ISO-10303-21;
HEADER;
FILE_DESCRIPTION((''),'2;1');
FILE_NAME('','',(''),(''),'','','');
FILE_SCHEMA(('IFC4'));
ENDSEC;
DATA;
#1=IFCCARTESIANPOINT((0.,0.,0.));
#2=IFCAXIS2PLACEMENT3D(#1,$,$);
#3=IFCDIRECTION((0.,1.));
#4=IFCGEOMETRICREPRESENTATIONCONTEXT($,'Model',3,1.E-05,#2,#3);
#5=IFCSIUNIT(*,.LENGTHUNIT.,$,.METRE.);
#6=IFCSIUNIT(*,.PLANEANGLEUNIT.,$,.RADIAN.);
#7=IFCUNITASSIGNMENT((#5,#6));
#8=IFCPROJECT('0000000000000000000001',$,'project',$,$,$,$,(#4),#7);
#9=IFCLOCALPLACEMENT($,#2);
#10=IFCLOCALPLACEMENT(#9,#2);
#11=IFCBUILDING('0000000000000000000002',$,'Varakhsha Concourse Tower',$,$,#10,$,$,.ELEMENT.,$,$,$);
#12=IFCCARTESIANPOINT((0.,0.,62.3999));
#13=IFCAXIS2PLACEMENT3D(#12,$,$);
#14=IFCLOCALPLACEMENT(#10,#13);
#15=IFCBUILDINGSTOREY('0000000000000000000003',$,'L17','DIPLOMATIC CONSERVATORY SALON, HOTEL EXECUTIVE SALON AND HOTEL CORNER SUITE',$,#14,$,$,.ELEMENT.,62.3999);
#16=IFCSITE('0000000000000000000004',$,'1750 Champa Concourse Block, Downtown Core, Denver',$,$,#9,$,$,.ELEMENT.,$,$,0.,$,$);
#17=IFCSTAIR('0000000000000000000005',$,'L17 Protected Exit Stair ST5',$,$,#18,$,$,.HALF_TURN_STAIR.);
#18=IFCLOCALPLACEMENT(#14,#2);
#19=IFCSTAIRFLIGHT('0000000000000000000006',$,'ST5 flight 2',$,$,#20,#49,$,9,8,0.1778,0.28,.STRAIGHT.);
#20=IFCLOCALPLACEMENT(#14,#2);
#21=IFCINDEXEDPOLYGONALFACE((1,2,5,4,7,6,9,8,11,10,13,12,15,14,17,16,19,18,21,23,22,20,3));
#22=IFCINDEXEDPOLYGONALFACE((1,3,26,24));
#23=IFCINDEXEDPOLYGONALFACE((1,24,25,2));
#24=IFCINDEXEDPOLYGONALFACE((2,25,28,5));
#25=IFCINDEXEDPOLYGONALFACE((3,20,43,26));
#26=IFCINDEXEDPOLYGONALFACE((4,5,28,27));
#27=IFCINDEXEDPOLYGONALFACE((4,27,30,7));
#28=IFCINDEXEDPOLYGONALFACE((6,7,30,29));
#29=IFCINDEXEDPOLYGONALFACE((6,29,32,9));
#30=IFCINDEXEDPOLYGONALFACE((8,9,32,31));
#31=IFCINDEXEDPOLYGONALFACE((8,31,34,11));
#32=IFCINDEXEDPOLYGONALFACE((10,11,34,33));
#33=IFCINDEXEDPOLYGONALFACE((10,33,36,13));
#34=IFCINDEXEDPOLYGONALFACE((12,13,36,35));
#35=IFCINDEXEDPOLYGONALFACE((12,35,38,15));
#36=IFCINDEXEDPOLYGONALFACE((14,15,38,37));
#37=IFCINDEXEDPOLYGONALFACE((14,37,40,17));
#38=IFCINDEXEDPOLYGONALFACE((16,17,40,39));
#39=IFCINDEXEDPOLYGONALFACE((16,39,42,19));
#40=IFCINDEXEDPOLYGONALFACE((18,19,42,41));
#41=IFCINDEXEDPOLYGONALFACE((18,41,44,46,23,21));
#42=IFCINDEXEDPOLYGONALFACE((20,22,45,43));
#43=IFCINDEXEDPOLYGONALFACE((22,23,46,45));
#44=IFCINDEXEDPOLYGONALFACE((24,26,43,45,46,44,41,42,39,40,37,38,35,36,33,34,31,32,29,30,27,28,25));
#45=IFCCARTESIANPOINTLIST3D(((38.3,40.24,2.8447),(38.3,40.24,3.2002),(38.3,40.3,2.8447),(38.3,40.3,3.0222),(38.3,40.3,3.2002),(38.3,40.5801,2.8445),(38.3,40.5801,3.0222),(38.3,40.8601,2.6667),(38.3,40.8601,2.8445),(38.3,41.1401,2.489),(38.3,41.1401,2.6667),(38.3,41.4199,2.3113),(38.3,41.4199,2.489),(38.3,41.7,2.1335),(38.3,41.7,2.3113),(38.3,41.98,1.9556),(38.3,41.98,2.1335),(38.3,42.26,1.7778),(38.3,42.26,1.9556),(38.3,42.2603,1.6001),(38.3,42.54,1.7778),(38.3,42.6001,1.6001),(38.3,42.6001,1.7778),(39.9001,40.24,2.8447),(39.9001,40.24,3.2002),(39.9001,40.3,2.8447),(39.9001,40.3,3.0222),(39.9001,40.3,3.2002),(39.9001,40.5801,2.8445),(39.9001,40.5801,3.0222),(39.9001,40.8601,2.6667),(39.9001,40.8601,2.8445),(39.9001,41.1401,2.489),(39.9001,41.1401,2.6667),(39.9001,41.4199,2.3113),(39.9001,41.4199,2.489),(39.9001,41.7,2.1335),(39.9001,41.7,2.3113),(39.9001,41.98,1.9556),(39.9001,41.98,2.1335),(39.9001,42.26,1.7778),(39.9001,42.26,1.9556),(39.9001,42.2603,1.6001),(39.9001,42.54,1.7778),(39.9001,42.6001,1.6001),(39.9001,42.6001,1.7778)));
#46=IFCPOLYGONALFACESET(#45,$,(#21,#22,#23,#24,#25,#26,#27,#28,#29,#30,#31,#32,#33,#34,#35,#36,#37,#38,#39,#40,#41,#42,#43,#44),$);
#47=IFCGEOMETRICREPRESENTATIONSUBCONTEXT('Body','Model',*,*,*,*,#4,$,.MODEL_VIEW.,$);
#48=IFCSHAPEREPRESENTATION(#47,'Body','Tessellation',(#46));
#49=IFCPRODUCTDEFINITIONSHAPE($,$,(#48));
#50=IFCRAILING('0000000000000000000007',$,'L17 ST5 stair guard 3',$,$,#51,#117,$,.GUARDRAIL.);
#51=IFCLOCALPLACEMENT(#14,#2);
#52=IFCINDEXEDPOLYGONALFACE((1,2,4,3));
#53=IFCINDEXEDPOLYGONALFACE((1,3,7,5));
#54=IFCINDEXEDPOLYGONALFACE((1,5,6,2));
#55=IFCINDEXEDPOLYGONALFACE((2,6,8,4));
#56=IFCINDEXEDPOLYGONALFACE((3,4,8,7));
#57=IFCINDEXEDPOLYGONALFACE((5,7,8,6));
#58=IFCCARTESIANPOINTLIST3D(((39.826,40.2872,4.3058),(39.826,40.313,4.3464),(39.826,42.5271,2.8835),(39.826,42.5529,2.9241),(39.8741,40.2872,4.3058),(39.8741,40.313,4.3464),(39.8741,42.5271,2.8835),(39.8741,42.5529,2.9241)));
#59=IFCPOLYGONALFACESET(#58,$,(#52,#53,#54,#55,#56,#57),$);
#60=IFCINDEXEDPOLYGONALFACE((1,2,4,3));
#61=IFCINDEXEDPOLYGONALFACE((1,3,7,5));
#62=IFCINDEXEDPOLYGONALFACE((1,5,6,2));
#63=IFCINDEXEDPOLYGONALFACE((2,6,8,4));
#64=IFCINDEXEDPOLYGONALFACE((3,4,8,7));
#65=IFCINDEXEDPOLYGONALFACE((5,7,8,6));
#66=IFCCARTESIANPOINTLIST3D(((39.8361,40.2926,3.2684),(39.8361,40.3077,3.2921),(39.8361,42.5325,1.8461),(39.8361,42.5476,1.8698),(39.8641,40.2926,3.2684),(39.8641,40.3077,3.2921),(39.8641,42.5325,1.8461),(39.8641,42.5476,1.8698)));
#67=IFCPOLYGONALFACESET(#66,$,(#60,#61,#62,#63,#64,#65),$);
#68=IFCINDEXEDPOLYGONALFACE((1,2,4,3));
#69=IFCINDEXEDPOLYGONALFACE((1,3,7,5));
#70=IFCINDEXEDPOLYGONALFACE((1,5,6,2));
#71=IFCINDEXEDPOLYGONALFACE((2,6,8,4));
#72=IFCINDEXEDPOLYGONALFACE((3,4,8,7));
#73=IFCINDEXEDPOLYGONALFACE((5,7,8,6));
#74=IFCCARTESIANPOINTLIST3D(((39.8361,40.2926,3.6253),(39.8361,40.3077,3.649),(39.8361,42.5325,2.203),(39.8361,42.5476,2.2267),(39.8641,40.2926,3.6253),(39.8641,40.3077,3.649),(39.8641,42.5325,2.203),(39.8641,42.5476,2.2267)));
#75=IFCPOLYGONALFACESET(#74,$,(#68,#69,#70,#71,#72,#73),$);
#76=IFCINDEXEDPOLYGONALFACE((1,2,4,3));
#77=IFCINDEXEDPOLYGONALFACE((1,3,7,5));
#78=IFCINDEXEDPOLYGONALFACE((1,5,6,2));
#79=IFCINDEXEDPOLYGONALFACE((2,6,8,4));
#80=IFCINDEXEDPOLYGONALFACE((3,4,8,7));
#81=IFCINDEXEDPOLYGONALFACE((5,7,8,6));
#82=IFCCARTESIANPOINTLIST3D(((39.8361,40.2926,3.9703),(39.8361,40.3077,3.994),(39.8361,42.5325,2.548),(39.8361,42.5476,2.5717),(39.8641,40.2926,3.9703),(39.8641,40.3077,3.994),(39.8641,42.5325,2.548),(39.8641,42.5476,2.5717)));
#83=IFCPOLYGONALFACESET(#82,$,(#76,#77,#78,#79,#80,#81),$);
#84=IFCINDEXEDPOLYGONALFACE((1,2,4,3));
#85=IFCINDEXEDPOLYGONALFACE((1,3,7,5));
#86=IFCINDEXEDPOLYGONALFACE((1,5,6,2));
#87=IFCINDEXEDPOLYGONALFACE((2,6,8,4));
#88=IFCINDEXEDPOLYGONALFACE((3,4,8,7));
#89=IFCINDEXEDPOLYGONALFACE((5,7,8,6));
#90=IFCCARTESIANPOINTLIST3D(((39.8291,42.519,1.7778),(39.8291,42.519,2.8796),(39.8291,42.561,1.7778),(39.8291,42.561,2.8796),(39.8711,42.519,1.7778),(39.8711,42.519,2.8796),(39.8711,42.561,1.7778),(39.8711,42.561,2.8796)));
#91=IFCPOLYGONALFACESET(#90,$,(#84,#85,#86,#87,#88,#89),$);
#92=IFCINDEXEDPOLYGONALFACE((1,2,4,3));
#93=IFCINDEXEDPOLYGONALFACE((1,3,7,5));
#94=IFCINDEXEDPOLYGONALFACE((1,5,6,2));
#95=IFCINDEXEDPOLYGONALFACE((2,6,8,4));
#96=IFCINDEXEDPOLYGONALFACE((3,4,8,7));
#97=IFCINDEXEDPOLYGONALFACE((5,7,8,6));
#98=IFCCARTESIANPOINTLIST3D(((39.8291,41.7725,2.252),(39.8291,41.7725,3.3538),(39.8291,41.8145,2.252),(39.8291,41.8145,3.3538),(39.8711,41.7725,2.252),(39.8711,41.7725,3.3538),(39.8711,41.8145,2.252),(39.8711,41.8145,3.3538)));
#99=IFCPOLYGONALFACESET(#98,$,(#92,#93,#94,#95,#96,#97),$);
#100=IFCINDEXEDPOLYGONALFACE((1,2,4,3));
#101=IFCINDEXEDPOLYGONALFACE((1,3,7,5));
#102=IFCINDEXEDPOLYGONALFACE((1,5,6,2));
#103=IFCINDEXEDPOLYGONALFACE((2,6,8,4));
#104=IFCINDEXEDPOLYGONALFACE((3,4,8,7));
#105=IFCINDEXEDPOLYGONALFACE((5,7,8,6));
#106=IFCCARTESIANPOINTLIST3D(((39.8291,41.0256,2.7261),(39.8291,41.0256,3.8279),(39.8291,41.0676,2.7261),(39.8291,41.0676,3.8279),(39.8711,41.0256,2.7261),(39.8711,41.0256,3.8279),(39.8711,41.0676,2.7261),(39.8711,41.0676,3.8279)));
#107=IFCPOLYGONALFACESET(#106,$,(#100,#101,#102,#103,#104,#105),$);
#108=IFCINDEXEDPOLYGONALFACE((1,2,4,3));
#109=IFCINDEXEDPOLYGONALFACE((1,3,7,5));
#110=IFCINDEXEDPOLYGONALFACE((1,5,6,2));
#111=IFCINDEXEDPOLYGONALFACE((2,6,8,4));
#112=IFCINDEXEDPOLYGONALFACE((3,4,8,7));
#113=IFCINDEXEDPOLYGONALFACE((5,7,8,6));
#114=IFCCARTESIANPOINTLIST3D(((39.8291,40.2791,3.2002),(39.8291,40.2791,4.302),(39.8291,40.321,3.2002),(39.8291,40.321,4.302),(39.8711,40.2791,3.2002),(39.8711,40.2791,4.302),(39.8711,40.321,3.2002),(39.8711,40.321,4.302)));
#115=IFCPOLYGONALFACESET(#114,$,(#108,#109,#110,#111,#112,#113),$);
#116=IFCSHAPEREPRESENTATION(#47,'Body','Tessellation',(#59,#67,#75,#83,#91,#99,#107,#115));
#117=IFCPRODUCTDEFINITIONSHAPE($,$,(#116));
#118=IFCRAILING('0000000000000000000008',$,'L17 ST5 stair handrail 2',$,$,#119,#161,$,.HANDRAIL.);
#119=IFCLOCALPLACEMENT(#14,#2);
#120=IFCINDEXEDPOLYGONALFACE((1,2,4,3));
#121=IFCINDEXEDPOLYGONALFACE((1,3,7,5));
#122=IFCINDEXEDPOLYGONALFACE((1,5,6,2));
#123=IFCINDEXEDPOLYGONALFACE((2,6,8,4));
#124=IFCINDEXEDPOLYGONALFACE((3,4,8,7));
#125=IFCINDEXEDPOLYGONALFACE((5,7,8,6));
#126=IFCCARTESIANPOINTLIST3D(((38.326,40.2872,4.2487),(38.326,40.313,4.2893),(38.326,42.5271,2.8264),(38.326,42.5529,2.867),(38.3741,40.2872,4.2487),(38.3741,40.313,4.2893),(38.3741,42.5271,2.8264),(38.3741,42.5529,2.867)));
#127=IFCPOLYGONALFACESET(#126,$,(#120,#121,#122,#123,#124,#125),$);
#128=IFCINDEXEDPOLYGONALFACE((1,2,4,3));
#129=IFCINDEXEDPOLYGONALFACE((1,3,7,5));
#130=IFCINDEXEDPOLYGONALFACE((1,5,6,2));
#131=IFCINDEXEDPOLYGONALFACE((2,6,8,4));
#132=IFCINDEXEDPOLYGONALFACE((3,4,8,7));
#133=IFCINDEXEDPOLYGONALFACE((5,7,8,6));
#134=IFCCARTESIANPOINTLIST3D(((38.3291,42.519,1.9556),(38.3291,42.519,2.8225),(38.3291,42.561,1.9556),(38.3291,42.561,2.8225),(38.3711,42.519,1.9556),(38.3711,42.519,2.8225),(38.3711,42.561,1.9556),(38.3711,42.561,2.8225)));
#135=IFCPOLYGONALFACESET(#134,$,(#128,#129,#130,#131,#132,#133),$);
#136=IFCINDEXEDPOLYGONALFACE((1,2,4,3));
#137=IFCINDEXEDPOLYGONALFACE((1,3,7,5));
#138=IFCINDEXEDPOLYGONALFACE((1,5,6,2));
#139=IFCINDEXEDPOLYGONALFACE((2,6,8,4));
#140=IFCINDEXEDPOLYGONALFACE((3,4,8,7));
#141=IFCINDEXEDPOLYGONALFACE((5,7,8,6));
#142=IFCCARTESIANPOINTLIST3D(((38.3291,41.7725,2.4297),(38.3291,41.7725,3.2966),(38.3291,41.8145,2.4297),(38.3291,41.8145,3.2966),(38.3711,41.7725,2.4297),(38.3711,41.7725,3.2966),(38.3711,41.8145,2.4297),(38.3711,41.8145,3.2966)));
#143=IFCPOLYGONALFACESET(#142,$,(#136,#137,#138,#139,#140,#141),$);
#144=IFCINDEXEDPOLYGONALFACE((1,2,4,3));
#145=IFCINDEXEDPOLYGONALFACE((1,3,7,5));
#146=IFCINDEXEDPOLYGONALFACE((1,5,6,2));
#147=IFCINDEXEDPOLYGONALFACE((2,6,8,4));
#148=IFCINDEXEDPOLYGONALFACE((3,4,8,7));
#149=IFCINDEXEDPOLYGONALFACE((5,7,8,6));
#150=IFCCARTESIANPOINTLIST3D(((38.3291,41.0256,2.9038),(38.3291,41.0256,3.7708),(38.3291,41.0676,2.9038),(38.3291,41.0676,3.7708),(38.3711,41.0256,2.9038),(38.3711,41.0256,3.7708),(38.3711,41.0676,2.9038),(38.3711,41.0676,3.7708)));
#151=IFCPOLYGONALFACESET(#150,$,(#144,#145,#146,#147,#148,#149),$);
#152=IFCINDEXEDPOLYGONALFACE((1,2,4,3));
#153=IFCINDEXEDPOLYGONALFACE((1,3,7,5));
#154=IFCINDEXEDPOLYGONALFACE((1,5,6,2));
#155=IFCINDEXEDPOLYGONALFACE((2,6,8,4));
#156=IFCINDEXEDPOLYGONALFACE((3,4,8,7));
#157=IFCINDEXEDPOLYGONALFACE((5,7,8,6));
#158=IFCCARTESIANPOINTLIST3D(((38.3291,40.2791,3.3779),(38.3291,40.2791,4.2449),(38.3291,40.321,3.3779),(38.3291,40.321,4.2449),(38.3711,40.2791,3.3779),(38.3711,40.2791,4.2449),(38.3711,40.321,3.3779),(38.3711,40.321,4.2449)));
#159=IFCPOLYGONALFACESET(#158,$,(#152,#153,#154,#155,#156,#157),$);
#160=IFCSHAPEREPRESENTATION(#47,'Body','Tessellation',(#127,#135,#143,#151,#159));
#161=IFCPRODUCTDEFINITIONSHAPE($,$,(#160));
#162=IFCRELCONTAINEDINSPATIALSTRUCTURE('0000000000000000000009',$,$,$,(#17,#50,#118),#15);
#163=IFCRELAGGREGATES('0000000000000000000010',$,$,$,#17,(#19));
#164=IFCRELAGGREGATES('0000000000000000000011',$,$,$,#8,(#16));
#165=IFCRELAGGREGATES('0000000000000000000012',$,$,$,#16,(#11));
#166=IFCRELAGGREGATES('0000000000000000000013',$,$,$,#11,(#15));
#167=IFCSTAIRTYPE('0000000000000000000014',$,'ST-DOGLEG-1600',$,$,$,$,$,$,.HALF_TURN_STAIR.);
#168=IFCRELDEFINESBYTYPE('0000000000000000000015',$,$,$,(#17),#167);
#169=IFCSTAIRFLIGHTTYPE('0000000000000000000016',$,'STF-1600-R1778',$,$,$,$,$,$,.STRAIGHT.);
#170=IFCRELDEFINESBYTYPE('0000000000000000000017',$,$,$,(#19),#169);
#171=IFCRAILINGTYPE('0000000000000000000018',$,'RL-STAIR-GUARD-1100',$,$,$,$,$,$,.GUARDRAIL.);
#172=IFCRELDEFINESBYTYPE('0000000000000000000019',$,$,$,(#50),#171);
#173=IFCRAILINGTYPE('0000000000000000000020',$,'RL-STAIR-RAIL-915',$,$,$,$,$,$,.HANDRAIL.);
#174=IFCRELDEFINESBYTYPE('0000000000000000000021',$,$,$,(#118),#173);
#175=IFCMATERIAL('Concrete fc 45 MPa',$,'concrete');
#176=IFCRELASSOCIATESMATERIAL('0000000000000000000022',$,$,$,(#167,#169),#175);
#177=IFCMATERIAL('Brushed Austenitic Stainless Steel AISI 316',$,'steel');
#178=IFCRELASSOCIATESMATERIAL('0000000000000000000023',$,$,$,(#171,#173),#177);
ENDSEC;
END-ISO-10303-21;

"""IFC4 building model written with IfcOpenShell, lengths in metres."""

from ifc_helpers import new_model, si_unit, direction, frame, origin, origin_2d, place, context, subcontext, project, spatial, polyline, rectangle, outline, extrude, material, type_object, element, aggregate, save


model = new_model("IFC4")

# Units and contexts
model_context = context("Model", 3, precision=1e-05, world=origin(), true_north=direction((0.0, 1.0)))
body_context = subcontext(model_context, "Body", "Model", "MODEL_VIEW")
ifc_project = project(units=[si_unit("LENGTHUNIT", "METRE"), si_unit("PLANEANGLEUNIT", "RADIAN")], contexts=[model_context])

# Site, building, storey
site_placement = place(None, origin())
site = spatial("IfcSite", under=ifc_project, at=site_placement, Name="1750 Champa Concourse Block, Downtown Core, Denver", CompositionType="ELEMENT", RefElevation=0.0)
building_placement = place(site_placement, origin())
building = spatial("IfcBuilding", under=site, at=building_placement, Name="Varakhsha Concourse Tower", CompositionType="ELEMENT")
storey_placement = place(building_placement, frame((0.0, 0.0, 62.3999)))
storey = spatial("IfcBuildingStorey", under=building, at=storey_placement, Name="L17", Description="DIPLOMATIC CONSERVATORY SALON, HOTEL EXECUTIVE SALON AND HOTEL CORNER SUITE", CompositionType="ELEMENT", Elevation=62.3999)

# Shared definitions
ifc_material_1 = material(Name="Concrete fc 45 MPa", Category="concrete")

# Stair, stair flight
stair_type = type_object("IfcStairType", Name="ST-DOGLEG-1600", PredefinedType="HALF_TURN_STAIR", material=ifc_material_1)
stair_placement = place(storey_placement, origin())
stair = element("IfcStair", 1, at=stair_placement, inside=storey, type_object=stair_type, Name="L17 Protected Exit Stair ST5", PredefinedType="HALF_TURN_STAIR")
stair_flight_type = type_object("IfcStairFlightType", Name="STF-1600-R1778", PredefinedType="STRAIGHT", material=ifc_material_1)
stair_flight_placement = place(storey_placement, frame((39.1001, 42.54, 1.6001), z_axis=(0.0, 0.0, 1.0), x_axis=(0.0, -1.0, 0.0)))
stair_flight = element("IfcStairFlight", 2, at=stair_flight_placement, type_object=stair_flight_type, Name="ST5 flight 2", NumberOfRisers=9, NumberOfTreads=8, PredefinedType="STRAIGHT", RiserHeight=0.1778, TreadLength=0.28, context=body_context, shape_type="SweptSolid", body=[
    extrude(outline(polyline([(-0.0601, 0.0), (-0.0601, 0.1777), (0.0, 0.1777), (0.28, 0.1777), (0.28, 0.3555), (0.5601, 0.3555), (0.5601, 0.5334), (0.8401, 0.5334), (0.8401, 0.7112), (1.1201, 0.7112), (1.1201, 0.8889), (1.3999, 0.8889), (1.3999, 1.0667), (1.6799, 1.0667), (1.6799, 1.2444), (1.96, 1.2444), (1.96, 1.4221), (2.24, 1.4221), (2.24, 1.6001), (2.3, 1.6001), (2.3, 1.2446), (2.24, 1.2446), (0.2798, 0.0), (-0.0601, 0.0)])), frame((0.0, 0.8, 0.0), z_axis=(0.0, -1.0, 0.0), x_axis=(1.0, 0.0, 0.0)), (0.0, 0.0, 1.0), 1.6001),
])
aggregate(stair, [stair_flight])

# Railings
ifc_material_2 = material(Name="Brushed Austenitic Stainless Steel AISI 316", Category="steel")
railing_type_1 = type_object("IfcRailingType", Name="RL-STAIR-GUARD-1100", PredefinedType="GUARDRAIL", material=ifc_material_2)
railing_1_placement = place(storey_placement, frame((39.8501, 42.54, 1.7778)))
element("IfcRailing", 3, at=railing_1_placement, inside=storey, type_object=railing_type_1, Name="L17 ST5 stair guard 3", PredefinedType="GUARDRAIL", context=body_context, shape_type="SweptSolid", body=[
    extrude(rectangle(XDim=0.0481, YDim=0.0481, at=origin_2d()), frame((0.0, 0.0, 1.126), z_axis=(0.0, -0.844188, 0.536048), x_axis=(1.0, 0.0, 0.0)), (0.0, 0.0, 1.0), 2.6533),
    extrude(rectangle(XDim=0.0281, YDim=0.0281, at=origin_2d()), frame((0.0, 0.0, 0.0801), z_axis=(0.0, -0.844188, 0.536048), x_axis=(1.0, 0.0, 0.0)), (0.0, 0.0, 1.0), 2.6533),
    extrude(rectangle(XDim=0.0281, YDim=0.0281, at=origin_2d()), frame((0.0, 0.0, 0.437), z_axis=(0.0, -0.844188, 0.536048), x_axis=(1.0, 0.0, 0.0)), (0.0, 0.0, 1.0), 2.6533),
    extrude(rectangle(XDim=0.0281, YDim=0.0281, at=origin_2d()), frame((0.0, 0.0, 0.782), z_axis=(0.0, -0.844188, 0.536048), x_axis=(1.0, 0.0, 0.0)), (0.0, 0.0, 1.0), 2.6533),
    extrude(rectangle(XDim=0.042, YDim=0.042, at=origin_2d()), origin(), (0.0, 0.0, 1.0), 1.1018),
    extrude(rectangle(XDim=0.042, YDim=0.042, at=origin_2d()), frame((0.0, -0.7466, 0.4741)), (0.0, 0.0, 1.0), 1.1018),
    extrude(rectangle(XDim=0.042, YDim=0.042, at=origin_2d()), frame((0.0, -1.4934, 0.9482)), (0.0, 0.0, 1.0), 1.1018),
    extrude(rectangle(XDim=0.042, YDim=0.042, at=origin_2d()), frame((0.0, -2.24, 1.4224)), (0.0, 0.0, 1.0), 1.1018),
])
railing_type_2 = type_object("IfcRailingType", Name="RL-STAIR-RAIL-915", PredefinedType="HANDRAIL", material=ifc_material_2)
railing_2_placement = place(storey_placement, frame((38.3501, 42.54, 1.9556)))
element("IfcRailing", 4, at=railing_2_placement, inside=storey, type_object=railing_type_2, Name="L17 ST5 stair handrail 2", PredefinedType="HANDRAIL", context=body_context, shape_type="SweptSolid", body=[
    extrude(rectangle(XDim=0.0481, YDim=0.0481, at=origin_2d()), frame((0.0, 0.0, 0.8911), z_axis=(0.0, -0.844188, 0.536048), x_axis=(1.0, 0.0, 0.0)), (0.0, 0.0, 1.0), 2.6533),
    extrude(rectangle(XDim=0.042, YDim=0.042, at=origin_2d()), origin(), (0.0, 0.0, 1.0), 0.8669),
    extrude(rectangle(XDim=0.042, YDim=0.042, at=origin_2d()), frame((0.0, -0.7466, 0.4741)), (0.0, 0.0, 1.0), 0.8669),
    extrude(rectangle(XDim=0.042, YDim=0.042, at=origin_2d()), frame((0.0, -1.4934, 0.9482)), (0.0, 0.0, 1.0), 0.8669),
    extrude(rectangle(XDim=0.042, YDim=0.042, at=origin_2d()), frame((0.0, -2.24, 1.4224)), (0.0, 0.0, 1.0), 0.8669),
])

save(model, "model.ifc")
